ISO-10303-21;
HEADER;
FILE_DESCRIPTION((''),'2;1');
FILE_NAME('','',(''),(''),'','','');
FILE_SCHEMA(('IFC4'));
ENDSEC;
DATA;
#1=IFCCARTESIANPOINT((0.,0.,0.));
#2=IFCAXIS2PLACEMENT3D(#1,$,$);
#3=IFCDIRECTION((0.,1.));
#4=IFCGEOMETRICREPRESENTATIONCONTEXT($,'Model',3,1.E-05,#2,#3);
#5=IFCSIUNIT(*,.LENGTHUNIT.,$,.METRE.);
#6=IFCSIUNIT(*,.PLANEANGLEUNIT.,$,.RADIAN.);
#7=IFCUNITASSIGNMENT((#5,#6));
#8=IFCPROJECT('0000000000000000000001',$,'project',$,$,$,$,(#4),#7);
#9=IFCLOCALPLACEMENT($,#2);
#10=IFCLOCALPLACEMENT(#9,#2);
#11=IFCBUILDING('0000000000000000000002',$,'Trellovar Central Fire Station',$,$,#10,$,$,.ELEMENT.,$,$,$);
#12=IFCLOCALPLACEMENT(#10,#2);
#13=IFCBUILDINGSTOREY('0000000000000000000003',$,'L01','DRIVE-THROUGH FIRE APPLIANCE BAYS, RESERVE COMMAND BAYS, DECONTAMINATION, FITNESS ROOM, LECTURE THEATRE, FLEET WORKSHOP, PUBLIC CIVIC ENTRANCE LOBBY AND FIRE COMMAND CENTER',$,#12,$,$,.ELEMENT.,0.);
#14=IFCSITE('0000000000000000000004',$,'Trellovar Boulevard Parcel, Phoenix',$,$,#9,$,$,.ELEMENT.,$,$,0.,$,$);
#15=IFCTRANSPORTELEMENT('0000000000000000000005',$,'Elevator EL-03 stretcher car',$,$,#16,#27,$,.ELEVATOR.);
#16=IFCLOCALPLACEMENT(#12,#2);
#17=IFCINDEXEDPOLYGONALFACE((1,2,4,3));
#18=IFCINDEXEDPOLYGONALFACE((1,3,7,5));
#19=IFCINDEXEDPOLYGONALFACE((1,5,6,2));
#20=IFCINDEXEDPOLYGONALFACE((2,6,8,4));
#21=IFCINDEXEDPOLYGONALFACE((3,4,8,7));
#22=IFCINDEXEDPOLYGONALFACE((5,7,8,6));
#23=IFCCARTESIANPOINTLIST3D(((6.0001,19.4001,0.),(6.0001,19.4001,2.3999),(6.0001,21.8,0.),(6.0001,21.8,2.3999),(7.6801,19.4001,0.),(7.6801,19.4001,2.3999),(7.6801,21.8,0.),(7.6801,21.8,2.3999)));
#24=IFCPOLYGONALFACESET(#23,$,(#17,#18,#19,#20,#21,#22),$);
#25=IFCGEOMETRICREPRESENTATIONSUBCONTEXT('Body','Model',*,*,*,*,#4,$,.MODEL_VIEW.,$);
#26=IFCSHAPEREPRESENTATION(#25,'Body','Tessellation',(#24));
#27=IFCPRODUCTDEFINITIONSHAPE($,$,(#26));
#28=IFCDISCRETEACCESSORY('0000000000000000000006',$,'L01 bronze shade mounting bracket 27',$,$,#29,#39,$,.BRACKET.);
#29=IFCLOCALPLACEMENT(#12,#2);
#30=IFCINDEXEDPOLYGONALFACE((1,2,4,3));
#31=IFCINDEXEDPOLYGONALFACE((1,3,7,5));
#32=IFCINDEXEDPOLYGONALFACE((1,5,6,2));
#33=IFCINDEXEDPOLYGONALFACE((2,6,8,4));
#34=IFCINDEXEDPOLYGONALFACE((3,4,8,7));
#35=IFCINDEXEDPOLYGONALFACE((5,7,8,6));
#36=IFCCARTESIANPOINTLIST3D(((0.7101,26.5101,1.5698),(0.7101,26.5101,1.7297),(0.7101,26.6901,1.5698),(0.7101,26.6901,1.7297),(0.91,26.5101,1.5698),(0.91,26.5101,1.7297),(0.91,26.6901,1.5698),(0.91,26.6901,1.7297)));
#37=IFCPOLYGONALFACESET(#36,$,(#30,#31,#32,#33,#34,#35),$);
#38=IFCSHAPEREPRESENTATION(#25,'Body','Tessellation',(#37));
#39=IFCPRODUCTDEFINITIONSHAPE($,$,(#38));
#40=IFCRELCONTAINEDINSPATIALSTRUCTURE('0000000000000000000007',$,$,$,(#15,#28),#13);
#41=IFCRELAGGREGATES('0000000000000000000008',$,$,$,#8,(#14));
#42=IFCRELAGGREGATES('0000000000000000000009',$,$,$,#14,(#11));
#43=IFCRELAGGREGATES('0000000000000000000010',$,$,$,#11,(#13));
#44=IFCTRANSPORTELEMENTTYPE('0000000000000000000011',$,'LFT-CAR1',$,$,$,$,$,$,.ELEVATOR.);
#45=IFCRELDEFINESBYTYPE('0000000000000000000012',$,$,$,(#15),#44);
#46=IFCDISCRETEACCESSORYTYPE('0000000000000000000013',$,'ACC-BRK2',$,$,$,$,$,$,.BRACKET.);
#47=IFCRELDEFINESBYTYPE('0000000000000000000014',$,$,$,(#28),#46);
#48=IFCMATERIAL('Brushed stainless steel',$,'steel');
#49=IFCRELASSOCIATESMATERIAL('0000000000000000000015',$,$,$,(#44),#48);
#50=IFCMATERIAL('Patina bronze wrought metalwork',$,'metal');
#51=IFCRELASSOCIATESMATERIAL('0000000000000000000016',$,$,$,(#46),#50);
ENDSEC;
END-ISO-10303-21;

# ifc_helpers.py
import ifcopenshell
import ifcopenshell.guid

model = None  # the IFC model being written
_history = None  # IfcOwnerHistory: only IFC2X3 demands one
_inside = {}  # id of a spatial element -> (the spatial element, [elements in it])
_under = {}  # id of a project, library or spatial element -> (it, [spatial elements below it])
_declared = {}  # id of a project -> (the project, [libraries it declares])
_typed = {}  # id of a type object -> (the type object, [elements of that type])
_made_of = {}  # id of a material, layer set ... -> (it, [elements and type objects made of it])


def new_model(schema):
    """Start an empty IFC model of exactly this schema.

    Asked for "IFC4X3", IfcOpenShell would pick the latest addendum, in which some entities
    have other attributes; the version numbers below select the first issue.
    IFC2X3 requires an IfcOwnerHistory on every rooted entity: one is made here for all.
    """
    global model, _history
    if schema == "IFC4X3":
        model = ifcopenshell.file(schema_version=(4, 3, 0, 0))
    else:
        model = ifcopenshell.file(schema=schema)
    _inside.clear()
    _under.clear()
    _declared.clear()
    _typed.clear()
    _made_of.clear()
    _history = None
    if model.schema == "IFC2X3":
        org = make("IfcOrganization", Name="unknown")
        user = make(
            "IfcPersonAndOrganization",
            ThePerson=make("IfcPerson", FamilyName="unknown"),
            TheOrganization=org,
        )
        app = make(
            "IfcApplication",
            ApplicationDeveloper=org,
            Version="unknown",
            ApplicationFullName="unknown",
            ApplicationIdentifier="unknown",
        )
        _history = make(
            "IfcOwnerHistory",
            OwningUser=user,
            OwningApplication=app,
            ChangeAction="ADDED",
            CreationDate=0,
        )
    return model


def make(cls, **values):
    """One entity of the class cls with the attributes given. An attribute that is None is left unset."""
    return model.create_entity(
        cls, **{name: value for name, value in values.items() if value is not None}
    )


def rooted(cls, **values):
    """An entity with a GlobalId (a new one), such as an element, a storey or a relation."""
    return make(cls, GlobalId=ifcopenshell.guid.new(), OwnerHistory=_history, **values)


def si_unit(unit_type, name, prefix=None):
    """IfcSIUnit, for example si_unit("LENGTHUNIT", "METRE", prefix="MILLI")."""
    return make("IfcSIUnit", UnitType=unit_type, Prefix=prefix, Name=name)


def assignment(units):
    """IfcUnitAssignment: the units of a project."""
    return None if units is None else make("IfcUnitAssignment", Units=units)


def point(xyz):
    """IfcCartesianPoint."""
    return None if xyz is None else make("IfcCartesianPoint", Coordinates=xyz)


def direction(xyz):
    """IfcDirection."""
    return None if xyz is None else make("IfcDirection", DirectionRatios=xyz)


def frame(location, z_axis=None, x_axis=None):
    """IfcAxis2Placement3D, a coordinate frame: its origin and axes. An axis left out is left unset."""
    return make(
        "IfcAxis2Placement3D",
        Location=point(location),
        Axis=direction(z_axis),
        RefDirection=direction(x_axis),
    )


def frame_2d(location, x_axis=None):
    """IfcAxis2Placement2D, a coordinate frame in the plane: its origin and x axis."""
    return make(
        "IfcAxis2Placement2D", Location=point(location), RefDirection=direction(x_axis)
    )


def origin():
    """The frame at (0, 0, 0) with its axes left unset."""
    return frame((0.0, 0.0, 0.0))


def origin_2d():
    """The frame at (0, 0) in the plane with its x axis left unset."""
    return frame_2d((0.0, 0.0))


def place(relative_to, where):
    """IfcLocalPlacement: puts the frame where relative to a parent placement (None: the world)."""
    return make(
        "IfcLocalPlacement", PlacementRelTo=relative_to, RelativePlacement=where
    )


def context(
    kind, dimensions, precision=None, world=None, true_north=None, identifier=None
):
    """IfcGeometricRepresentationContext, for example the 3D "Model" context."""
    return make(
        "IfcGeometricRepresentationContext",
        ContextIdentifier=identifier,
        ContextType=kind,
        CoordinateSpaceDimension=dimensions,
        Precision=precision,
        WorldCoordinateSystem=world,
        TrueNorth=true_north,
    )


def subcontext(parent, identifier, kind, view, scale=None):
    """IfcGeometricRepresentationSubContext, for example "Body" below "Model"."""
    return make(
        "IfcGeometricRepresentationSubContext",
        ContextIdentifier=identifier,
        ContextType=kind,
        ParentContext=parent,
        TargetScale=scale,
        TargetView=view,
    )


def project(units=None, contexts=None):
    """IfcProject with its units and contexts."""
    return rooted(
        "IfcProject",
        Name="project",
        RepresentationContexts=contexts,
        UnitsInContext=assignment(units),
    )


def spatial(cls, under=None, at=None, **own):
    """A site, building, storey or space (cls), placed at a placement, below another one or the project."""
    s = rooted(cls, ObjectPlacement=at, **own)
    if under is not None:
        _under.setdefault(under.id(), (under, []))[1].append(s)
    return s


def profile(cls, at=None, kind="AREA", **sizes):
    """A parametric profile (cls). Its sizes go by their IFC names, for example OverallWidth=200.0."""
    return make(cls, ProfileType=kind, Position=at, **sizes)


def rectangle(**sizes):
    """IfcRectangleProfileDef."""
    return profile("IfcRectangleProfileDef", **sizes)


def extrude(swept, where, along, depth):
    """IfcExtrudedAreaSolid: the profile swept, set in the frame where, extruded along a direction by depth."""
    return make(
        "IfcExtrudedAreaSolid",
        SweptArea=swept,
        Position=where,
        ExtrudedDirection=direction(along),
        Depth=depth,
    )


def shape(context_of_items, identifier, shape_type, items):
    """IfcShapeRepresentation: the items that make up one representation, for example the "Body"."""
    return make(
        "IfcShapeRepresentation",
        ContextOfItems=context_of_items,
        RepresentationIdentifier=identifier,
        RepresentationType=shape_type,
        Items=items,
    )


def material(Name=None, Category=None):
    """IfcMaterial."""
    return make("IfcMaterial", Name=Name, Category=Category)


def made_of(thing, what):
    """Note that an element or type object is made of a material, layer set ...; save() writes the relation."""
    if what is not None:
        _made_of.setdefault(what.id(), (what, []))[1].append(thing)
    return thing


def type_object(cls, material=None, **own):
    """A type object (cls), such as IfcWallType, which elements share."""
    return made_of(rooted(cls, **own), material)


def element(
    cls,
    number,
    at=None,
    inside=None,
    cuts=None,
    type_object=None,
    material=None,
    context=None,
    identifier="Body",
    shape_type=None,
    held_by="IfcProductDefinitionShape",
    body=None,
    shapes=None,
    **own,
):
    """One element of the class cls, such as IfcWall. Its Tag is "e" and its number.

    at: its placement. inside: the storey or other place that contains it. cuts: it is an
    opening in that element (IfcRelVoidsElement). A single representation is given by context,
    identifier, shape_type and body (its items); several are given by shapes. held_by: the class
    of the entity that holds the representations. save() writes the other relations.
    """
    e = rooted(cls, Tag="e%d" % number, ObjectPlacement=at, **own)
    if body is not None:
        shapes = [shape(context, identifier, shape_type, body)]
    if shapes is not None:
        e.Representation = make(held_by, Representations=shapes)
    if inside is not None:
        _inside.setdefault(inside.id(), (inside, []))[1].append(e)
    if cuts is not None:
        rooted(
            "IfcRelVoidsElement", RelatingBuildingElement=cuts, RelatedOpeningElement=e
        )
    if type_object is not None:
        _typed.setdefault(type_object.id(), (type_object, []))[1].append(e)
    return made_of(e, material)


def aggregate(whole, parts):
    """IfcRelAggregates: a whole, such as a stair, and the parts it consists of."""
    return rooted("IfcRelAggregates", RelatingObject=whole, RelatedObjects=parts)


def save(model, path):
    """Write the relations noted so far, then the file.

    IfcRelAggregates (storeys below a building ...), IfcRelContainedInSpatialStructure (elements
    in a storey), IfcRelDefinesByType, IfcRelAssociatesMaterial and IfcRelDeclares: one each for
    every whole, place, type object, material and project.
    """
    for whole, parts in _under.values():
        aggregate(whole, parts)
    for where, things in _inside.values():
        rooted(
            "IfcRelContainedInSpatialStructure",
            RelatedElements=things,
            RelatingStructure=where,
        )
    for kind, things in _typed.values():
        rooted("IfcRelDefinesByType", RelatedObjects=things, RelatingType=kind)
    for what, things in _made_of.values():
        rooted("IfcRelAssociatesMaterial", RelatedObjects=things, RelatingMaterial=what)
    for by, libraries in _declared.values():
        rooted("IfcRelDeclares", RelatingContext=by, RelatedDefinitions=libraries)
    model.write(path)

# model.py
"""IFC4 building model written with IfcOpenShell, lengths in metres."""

from ifc_helpers import new_model, si_unit, direction, frame, origin, origin_2d, place, context, subcontext, project, spatial, rectangle, extrude, material, type_object, element, save


model = new_model("IFC4")

# Units and contexts
model_context = context("Model", 3, precision=1e-05, world=origin(), true_north=direction((0.0, 1.0)))
body_context = subcontext(model_context, "Body", "Model", "MODEL_VIEW")
ifc_project = project(units=[si_unit("LENGTHUNIT", "METRE"), si_unit("PLANEANGLEUNIT", "RADIAN")], contexts=[model_context])

# Site, building, storey
site_placement = place(None, origin())
site = spatial("IfcSite", under=ifc_project, at=site_placement, Name="Trellovar Boulevard Parcel, Phoenix", CompositionType="ELEMENT", RefElevation=0.0)
building_placement = place(site_placement, origin())
building = spatial("IfcBuilding", under=site, at=building_placement, Name="Trellovar Central Fire Station", CompositionType="ELEMENT")
storey_placement = place(building_placement, origin())
storey = spatial("IfcBuildingStorey", under=building, at=storey_placement, Name="L01", Description="DRIVE-THROUGH FIRE APPLIANCE BAYS, RESERVE COMMAND BAYS, DECONTAMINATION, FITNESS ROOM, LECTURE THEATRE, FLEET WORKSHOP, PUBLIC CIVIC ENTRANCE LOBBY AND FIRE COMMAND CENTER", CompositionType="ELEMENT", Elevation=0.0)

# Transport element
ifc_material_1 = material(Name="Brushed stainless steel", Category="steel")
transport_element_type = type_object("IfcTransportElementType", Name="LFT-CAR1", PredefinedType="ELEVATOR", material=ifc_material_1)
transport_element_placement = place(storey_placement, frame((6.8401, 20.6001, 0.0), z_axis=(0.0, 0.0, 1.0), x_axis=(1.0, 0.0, 0.0)))
element("IfcTransportElement", 1, at=transport_element_placement, inside=storey, type_object=transport_element_type, Name="Elevator EL-03 stretcher car", PredefinedType="ELEVATOR", context=body_context, shape_type="SweptSolid", body=[
    extrude(rectangle(XDim=1.6799, YDim=2.3999, at=origin_2d()), origin(), (0.0, 0.0, 1.0), 2.3999),
])

# Discrete accessory
ifc_material_2 = material(Name="Patina bronze wrought metalwork", Category="metal")
discrete_accessory_type = type_object("IfcDiscreteAccessoryType", Name="ACC-BRK2", PredefinedType="BRACKET", material=ifc_material_2)
discrete_accessory_placement = place(storey_placement, frame((0.8101, 26.6001, 1.5698), z_axis=(0.0, 0.0, 1.0), x_axis=(1.0, 0.0, 0.0)))
element("IfcDiscreteAccessory", 2, at=discrete_accessory_placement, inside=storey, type_object=discrete_accessory_type, Name="L01 bronze shade mounting bracket 27", PredefinedType="BRACKET", context=body_context, shape_type="SweptSolid", body=[
    extrude(rectangle(XDim=0.2, YDim=0.1799, at=origin_2d()), origin(), (0.0, 0.0, 1.0), 0.1599),
])

save(model, "model.ifc")
